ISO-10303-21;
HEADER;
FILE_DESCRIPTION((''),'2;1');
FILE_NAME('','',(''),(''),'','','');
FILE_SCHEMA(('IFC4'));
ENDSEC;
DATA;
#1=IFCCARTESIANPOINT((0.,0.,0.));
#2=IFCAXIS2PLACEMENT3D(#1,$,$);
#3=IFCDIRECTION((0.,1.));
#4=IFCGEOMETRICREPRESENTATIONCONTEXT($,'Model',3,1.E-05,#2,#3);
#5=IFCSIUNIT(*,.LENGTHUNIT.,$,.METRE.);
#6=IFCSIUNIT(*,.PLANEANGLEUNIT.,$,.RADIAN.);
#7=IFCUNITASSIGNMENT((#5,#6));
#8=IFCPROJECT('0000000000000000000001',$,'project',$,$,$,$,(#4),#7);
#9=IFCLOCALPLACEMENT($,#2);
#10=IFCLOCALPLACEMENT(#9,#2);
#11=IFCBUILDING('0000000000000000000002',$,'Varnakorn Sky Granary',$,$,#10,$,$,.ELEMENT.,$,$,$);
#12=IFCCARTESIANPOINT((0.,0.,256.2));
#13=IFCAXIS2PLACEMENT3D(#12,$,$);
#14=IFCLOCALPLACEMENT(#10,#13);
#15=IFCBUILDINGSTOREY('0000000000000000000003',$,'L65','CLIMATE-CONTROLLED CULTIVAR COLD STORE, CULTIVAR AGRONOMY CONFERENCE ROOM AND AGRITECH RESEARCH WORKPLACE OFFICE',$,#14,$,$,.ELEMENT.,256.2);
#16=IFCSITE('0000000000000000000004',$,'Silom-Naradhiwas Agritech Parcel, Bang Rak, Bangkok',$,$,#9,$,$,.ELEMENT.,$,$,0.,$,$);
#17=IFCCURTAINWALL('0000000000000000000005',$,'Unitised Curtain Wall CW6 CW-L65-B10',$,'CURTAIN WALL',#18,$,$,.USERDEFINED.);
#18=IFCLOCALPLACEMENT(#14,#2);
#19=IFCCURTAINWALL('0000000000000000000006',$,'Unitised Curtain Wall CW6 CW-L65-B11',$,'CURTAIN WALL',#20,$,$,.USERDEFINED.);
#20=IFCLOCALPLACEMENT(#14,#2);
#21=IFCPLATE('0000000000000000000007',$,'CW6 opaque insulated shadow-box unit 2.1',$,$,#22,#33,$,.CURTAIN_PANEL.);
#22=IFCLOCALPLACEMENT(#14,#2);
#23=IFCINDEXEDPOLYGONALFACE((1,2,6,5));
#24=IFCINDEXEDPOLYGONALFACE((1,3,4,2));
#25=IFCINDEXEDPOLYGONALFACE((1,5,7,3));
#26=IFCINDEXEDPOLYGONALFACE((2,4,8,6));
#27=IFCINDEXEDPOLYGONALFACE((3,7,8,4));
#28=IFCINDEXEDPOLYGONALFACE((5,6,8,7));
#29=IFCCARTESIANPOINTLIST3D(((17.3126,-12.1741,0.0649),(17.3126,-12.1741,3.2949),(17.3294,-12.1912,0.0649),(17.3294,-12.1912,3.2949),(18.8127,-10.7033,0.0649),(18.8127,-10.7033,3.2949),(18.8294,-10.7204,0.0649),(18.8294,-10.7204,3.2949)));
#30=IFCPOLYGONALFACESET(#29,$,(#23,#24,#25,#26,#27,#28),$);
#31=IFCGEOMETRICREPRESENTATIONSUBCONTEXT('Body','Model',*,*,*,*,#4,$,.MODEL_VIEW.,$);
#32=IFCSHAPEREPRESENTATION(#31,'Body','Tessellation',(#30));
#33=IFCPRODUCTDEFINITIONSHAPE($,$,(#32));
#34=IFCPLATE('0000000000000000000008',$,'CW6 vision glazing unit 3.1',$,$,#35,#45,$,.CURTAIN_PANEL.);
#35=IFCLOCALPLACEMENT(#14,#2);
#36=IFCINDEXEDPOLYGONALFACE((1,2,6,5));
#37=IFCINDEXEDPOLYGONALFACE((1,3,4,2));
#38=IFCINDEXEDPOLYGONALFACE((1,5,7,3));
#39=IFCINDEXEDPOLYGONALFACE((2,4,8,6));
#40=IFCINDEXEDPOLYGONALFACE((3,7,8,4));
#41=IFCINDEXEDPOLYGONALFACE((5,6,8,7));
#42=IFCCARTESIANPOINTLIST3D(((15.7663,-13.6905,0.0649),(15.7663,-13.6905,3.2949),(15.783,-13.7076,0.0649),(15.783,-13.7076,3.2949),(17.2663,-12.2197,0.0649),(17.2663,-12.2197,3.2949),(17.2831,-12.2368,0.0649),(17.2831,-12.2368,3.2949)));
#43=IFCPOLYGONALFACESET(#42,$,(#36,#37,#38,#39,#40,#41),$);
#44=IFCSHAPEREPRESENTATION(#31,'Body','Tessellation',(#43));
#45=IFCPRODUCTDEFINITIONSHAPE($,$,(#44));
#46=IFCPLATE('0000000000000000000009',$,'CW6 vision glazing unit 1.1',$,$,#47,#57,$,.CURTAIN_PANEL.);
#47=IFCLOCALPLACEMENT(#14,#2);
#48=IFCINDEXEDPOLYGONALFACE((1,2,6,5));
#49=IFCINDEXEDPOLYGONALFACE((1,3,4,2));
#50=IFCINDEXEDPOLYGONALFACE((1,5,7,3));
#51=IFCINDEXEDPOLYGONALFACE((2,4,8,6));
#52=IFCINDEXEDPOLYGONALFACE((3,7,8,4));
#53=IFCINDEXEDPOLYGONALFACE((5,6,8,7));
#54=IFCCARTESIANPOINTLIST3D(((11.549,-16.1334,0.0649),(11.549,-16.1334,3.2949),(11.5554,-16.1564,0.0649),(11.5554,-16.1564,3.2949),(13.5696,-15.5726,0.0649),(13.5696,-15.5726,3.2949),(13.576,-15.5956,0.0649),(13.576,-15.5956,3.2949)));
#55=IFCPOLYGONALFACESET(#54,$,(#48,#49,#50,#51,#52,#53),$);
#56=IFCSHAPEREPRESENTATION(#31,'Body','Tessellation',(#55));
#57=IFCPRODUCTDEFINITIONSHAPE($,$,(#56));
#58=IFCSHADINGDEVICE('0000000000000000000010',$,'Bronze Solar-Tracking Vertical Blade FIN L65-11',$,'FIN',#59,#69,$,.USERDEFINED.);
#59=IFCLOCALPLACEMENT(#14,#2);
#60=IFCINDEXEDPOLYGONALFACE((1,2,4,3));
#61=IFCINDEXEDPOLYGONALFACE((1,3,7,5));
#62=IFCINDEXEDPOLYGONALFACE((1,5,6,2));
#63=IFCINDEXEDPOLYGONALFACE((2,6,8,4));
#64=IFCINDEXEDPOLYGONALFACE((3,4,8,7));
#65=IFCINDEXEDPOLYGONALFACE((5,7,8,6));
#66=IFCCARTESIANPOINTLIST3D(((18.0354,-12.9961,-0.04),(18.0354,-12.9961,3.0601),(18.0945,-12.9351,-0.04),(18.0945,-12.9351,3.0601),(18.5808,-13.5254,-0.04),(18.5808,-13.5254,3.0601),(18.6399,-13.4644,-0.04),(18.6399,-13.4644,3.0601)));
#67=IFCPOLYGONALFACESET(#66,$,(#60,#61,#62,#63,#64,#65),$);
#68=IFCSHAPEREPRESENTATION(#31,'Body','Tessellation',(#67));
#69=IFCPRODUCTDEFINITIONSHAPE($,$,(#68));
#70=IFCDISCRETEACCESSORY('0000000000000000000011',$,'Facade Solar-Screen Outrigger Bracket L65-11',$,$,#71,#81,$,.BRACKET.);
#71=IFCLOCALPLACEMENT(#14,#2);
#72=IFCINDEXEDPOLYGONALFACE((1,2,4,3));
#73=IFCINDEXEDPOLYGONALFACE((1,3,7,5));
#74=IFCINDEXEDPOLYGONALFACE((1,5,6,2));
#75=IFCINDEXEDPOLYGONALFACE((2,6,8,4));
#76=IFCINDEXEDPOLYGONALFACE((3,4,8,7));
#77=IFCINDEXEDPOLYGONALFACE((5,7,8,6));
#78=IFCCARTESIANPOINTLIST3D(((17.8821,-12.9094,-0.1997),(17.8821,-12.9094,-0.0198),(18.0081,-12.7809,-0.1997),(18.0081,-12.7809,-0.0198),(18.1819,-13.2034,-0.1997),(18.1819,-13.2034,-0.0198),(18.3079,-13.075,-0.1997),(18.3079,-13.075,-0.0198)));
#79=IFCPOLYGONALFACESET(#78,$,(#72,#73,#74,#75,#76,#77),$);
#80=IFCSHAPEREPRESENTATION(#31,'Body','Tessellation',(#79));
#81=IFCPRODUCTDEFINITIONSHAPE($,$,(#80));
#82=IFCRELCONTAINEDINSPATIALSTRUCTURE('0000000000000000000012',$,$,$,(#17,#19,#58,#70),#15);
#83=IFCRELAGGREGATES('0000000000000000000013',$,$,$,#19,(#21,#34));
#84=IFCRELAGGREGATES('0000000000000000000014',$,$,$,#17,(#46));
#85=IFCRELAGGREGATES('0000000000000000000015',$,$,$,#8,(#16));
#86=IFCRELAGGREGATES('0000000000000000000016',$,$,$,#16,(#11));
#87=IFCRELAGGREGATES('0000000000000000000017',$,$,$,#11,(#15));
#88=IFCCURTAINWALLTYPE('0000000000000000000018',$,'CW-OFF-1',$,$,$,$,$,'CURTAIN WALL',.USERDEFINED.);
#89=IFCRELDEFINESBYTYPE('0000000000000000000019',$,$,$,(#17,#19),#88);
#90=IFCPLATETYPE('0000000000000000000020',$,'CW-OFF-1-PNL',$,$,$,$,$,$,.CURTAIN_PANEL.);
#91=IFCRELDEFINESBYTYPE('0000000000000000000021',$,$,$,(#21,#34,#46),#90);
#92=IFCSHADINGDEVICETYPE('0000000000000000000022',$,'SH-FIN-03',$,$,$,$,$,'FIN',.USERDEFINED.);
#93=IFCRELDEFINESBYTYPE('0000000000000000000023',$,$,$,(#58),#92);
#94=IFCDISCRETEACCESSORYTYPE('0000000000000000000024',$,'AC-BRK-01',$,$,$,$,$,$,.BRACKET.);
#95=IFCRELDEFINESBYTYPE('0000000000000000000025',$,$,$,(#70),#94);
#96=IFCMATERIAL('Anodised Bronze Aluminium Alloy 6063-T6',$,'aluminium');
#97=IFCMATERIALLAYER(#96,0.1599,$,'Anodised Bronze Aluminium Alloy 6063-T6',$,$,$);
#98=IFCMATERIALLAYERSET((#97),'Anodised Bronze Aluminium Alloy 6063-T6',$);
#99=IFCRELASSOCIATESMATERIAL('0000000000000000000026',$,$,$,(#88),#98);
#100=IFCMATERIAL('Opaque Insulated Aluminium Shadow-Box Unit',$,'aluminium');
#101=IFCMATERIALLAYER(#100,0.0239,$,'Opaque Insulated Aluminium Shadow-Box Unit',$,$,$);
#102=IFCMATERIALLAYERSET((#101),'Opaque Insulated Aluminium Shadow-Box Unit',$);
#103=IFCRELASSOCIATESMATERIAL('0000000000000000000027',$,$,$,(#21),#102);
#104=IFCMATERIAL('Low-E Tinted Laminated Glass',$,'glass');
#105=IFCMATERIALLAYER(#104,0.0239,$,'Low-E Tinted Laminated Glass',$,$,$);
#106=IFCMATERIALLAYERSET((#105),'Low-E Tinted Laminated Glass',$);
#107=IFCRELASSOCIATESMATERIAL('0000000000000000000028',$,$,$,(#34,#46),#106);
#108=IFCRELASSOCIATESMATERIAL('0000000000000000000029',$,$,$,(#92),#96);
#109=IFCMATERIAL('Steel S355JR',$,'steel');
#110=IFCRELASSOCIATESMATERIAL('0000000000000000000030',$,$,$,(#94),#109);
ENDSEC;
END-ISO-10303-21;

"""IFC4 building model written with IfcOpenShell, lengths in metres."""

from ifc_helpers import new_model, si_unit, direction, frame, origin, origin_2d, place, context, subcontext, project, spatial, rectangle, extrude, source, transform, mapped, material, layer, layer_set, type_object, type_shapes, element, aggregate, save


model = new_model("IFC4")

# Units and contexts
model_context = context("Model", 3, precision=1e-05, world=origin(), true_north=direction((0.0, 1.0)))
body_context = subcontext(model_context, "Body", "Model", "MODEL_VIEW")
ifc_project = project(units=[si_unit("LENGTHUNIT", "METRE"), si_unit("PLANEANGLEUNIT", "RADIAN")], contexts=[model_context])

# Site, building, storey
site_placement = place(None, origin())
site = spatial("IfcSite", under=ifc_project, at=site_placement, Name="Silom-Naradhiwas Agritech Parcel, Bang Rak, Bangkok", CompositionType="ELEMENT", RefElevation=0.0)
building_placement = place(site_placement, origin())
building = spatial("IfcBuilding", under=site, at=building_placement, Name="Varnakorn Sky Granary", CompositionType="ELEMENT")
storey_placement = place(building_placement, frame((0.0, 0.0, 256.2)))
storey = spatial("IfcBuildingStorey", under=building, at=storey_placement, Name="L65", Description="CLIMATE-CONTROLLED CULTIVAR COLD STORE, CULTIVAR AGRONOMY CONFERENCE ROOM AND AGRITECH RESEARCH WORKPLACE OFFICE", CompositionType="ELEMENT", Elevation=256.2)

# Shared definitions
ifc_material_1 = material(Name="Steel S355JR", Category="steel")

# Curtain wall
ifc_material_2 = material(Name="Anodised Bronze Aluminium Alloy 6063-T6", Category="aluminium")
ifc_layer_1 = layer(ifc_material_2, 0.1599, Name="Anodised Bronze Aluminium Alloy 6063-T6")
ifc_layer_set_1 = layer_set([ifc_layer_1], Name="Anodised Bronze Aluminium Alloy 6063-T6")
curtain_wall_type = type_object("IfcCurtainWallType", Name="CW-OFF-1", ElementType="CURTAIN WALL", PredefinedType="USERDEFINED", material=ifc_layer_set_1)
curtain_wall_1_placement = place(storey_placement, origin())
curtain_wall_1 = element("IfcCurtainWall", 1, at=curtain_wall_1_placement, inside=storey, type_object=curtain_wall_type, Name="Unitised Curtain Wall CW6 CW-L65-B10", ObjectType="CURTAIN WALL", PredefinedType="USERDEFINED")

# Curtain wall
curtain_wall_2_placement = place(storey_placement, origin())
curtain_wall_2 = element("IfcCurtainWall", 2, at=curtain_wall_2_placement, inside=storey, type_object=curtain_wall_type, Name="Unitised Curtain Wall CW6 CW-L65-B11", ObjectType="CURTAIN WALL", PredefinedType="USERDEFINED")

# Plates
ifc_material_3 = material(Name="Low-E Tinted Laminated Glass", Category="glass")
ifc_layer_2 = layer(ifc_material_3, 0.0239, Name="Low-E Tinted Laminated Glass")
ifc_layer_set_2 = layer_set([ifc_layer_2], Name="Low-E Tinted Laminated Glass")
plate_type = type_object("IfcPlateType", Name="CW-OFF-1-PNL", PredefinedType="CURTAIN_PANEL")
ifc_material_4 = material(Name="Opaque Insulated Aluminium Shadow-Box Unit", Category="aluminium")
ifc_layer_3 = layer(ifc_material_4, 0.0239, Name="Opaque Insulated Aluminium Shadow-Box Unit")
ifc_layer_set_3 = layer_set([ifc_layer_3], Name="Opaque Insulated Aluminium Shadow-Box Unit")
shared_shape_1 = source(origin(), body_context, "Body", "SweptSolid", [
    extrude(rectangle(XDim=2.1008, YDim=0.0239, at=origin_2d()), origin(), (0.0, 0.0, 1.0), 3.23),
])
plate_1_placement = place(storey_placement, frame((18.071, -11.4473, 0.0649), z_axis=(0.0, 0.0, 1.0), x_axis=(-0.714027, -0.700118, 0.0)))
plate_1 = element("IfcPlate", 3, at=plate_1_placement, type_object=plate_type, material=ifc_layer_set_3, Name="CW6 opaque insulated shadow-box unit 2.1", PredefinedType="CURTAIN_PANEL", context=body_context, shape_type="MappedRepresentation", body=[
    mapped(shared_shape_1, transform((0.0, 0.0, 0.0), x_axis=(1.0, 0.0, 0.0), y_axis=(0.0, 1.0, 0.0), z_axis=(0.0, 0.0, 1.0), scale=1.0)),
])
plate_2_placement = place(storey_placement, frame((16.5247, -12.9636, 0.0649), z_axis=(0.0, 0.0, 1.0), x_axis=(-0.714027, -0.700118, 0.0)))
plate_2 = element("IfcPlate", 4, at=plate_2_placement, type_object=plate_type, material=ifc_layer_set_2, Name="CW6 vision glazing unit 3.1", PredefinedType="CURTAIN_PANEL", context=body_context, shape_type="MappedRepresentation", body=[
    mapped(shared_shape_1, transform((0.0, 0.0, 0.0), x_axis=(1.0, 0.0, 0.0), y_axis=(0.0, 1.0, 0.0), z_axis=(0.0, 0.0, 1.0), scale=1.0)),
])
aggregate(curtain_wall_2, [plate_1, plate_2])
shared_shape_2 = source(origin(), body_context, "Body", "SweptSolid", [
    extrude(rectangle(XDim=2.0969, YDim=0.0239, at=origin_2d()), origin(), (0.0, 0.0, 1.0), 3.23),
])
plate_3_placement = place(storey_placement, frame((12.5625, -15.8645, 0.0649), z_axis=(0.0, 0.0, 1.0), x_axis=(-0.963577, -0.267429, 0.0)))
plate_3 = element("IfcPlate", 5, at=plate_3_placement, type_object=plate_type, material=ifc_layer_set_2, Name="CW6 vision glazing unit 1.1", PredefinedType="CURTAIN_PANEL", context=body_context, shape_type="MappedRepresentation", body=[
    mapped(shared_shape_2, transform((0.0, 0.0, 0.0), x_axis=(1.0, 0.0, 0.0), y_axis=(0.0, 1.0, 0.0), z_axis=(0.0, 0.0, 1.0), scale=1.0)),
])
aggregate(curtain_wall_1, [plate_3])

# Shading device
shading_device_type = type_object("IfcShadingDeviceType", Name="SH-FIN-03", ElementType="FIN", PredefinedType="USERDEFINED", material=ifc_material_2)
shared_shape_3 = source(origin(), body_context, "Body", "SweptSolid", [
    extrude(rectangle(XDim=0.085, YDim=0.76, at=origin_2d()), origin(), (0.0, 0.0, 1.0), 3.1001),
])
type_shapes(shading_device_type, [shared_shape_3])
shading_device_placement = place(storey_placement, frame((18.3376, -13.2302, -0.04), z_axis=(0.0, 0.0, 1.0), x_axis=(0.696413, 0.717642, 0.0)))
element("IfcShadingDevice", 6, at=shading_device_placement, inside=storey, type_object=shading_device_type, Name="Bronze Solar-Tracking Vertical Blade FIN L65-11", ObjectType="FIN", PredefinedType="USERDEFINED", context=body_context, shape_type="MappedRepresentation", body=[
    mapped(shared_shape_3, transform((0.0, 0.0, 0.0), x_axis=(1.0, 0.0, 0.0), y_axis=(0.0, 1.0, 0.0), z_axis=(0.0, 0.0, 1.0), scale=1.0)),
])

# Discrete accessory
discrete_accessory_type = type_object("IfcDiscreteAccessoryType", Name="AC-BRK-01", PredefinedType="BRACKET", material=ifc_material_1)
shared_shape_4 = source(origin(), body_context, "Body", "SweptSolid", [
    extrude(rectangle(XDim=0.1799, YDim=0.4199, at=origin_2d()), origin(), (0.0, 0.0, 1.0), 0.1799),
])
type_shapes(discrete_accessory_type, [shared_shape_4])
discrete_accessory_placement = place(storey_placement, frame((18.095, -12.9922, -0.1997), z_axis=(0.0, 0.0, 1.0), x_axis=(0.700263, 0.713885, 0.0)))
element("IfcDiscreteAccessory", 7, at=discrete_accessory_placement, inside=storey, type_object=discrete_accessory_type, Name="Facade Solar-Screen Outrigger Bracket L65-11", PredefinedType="BRACKET", context=body_context, shape_type="MappedRepresentation", body=[
    mapped(shared_shape_4, transform((0.0, 0.0, 0.0), x_axis=(1.0, 0.0, 0.0), y_axis=(0.0, 1.0, 0.0), z_axis=(0.0, 0.0, 1.0), scale=1.0)),
])

save(model, "model.ifc")
